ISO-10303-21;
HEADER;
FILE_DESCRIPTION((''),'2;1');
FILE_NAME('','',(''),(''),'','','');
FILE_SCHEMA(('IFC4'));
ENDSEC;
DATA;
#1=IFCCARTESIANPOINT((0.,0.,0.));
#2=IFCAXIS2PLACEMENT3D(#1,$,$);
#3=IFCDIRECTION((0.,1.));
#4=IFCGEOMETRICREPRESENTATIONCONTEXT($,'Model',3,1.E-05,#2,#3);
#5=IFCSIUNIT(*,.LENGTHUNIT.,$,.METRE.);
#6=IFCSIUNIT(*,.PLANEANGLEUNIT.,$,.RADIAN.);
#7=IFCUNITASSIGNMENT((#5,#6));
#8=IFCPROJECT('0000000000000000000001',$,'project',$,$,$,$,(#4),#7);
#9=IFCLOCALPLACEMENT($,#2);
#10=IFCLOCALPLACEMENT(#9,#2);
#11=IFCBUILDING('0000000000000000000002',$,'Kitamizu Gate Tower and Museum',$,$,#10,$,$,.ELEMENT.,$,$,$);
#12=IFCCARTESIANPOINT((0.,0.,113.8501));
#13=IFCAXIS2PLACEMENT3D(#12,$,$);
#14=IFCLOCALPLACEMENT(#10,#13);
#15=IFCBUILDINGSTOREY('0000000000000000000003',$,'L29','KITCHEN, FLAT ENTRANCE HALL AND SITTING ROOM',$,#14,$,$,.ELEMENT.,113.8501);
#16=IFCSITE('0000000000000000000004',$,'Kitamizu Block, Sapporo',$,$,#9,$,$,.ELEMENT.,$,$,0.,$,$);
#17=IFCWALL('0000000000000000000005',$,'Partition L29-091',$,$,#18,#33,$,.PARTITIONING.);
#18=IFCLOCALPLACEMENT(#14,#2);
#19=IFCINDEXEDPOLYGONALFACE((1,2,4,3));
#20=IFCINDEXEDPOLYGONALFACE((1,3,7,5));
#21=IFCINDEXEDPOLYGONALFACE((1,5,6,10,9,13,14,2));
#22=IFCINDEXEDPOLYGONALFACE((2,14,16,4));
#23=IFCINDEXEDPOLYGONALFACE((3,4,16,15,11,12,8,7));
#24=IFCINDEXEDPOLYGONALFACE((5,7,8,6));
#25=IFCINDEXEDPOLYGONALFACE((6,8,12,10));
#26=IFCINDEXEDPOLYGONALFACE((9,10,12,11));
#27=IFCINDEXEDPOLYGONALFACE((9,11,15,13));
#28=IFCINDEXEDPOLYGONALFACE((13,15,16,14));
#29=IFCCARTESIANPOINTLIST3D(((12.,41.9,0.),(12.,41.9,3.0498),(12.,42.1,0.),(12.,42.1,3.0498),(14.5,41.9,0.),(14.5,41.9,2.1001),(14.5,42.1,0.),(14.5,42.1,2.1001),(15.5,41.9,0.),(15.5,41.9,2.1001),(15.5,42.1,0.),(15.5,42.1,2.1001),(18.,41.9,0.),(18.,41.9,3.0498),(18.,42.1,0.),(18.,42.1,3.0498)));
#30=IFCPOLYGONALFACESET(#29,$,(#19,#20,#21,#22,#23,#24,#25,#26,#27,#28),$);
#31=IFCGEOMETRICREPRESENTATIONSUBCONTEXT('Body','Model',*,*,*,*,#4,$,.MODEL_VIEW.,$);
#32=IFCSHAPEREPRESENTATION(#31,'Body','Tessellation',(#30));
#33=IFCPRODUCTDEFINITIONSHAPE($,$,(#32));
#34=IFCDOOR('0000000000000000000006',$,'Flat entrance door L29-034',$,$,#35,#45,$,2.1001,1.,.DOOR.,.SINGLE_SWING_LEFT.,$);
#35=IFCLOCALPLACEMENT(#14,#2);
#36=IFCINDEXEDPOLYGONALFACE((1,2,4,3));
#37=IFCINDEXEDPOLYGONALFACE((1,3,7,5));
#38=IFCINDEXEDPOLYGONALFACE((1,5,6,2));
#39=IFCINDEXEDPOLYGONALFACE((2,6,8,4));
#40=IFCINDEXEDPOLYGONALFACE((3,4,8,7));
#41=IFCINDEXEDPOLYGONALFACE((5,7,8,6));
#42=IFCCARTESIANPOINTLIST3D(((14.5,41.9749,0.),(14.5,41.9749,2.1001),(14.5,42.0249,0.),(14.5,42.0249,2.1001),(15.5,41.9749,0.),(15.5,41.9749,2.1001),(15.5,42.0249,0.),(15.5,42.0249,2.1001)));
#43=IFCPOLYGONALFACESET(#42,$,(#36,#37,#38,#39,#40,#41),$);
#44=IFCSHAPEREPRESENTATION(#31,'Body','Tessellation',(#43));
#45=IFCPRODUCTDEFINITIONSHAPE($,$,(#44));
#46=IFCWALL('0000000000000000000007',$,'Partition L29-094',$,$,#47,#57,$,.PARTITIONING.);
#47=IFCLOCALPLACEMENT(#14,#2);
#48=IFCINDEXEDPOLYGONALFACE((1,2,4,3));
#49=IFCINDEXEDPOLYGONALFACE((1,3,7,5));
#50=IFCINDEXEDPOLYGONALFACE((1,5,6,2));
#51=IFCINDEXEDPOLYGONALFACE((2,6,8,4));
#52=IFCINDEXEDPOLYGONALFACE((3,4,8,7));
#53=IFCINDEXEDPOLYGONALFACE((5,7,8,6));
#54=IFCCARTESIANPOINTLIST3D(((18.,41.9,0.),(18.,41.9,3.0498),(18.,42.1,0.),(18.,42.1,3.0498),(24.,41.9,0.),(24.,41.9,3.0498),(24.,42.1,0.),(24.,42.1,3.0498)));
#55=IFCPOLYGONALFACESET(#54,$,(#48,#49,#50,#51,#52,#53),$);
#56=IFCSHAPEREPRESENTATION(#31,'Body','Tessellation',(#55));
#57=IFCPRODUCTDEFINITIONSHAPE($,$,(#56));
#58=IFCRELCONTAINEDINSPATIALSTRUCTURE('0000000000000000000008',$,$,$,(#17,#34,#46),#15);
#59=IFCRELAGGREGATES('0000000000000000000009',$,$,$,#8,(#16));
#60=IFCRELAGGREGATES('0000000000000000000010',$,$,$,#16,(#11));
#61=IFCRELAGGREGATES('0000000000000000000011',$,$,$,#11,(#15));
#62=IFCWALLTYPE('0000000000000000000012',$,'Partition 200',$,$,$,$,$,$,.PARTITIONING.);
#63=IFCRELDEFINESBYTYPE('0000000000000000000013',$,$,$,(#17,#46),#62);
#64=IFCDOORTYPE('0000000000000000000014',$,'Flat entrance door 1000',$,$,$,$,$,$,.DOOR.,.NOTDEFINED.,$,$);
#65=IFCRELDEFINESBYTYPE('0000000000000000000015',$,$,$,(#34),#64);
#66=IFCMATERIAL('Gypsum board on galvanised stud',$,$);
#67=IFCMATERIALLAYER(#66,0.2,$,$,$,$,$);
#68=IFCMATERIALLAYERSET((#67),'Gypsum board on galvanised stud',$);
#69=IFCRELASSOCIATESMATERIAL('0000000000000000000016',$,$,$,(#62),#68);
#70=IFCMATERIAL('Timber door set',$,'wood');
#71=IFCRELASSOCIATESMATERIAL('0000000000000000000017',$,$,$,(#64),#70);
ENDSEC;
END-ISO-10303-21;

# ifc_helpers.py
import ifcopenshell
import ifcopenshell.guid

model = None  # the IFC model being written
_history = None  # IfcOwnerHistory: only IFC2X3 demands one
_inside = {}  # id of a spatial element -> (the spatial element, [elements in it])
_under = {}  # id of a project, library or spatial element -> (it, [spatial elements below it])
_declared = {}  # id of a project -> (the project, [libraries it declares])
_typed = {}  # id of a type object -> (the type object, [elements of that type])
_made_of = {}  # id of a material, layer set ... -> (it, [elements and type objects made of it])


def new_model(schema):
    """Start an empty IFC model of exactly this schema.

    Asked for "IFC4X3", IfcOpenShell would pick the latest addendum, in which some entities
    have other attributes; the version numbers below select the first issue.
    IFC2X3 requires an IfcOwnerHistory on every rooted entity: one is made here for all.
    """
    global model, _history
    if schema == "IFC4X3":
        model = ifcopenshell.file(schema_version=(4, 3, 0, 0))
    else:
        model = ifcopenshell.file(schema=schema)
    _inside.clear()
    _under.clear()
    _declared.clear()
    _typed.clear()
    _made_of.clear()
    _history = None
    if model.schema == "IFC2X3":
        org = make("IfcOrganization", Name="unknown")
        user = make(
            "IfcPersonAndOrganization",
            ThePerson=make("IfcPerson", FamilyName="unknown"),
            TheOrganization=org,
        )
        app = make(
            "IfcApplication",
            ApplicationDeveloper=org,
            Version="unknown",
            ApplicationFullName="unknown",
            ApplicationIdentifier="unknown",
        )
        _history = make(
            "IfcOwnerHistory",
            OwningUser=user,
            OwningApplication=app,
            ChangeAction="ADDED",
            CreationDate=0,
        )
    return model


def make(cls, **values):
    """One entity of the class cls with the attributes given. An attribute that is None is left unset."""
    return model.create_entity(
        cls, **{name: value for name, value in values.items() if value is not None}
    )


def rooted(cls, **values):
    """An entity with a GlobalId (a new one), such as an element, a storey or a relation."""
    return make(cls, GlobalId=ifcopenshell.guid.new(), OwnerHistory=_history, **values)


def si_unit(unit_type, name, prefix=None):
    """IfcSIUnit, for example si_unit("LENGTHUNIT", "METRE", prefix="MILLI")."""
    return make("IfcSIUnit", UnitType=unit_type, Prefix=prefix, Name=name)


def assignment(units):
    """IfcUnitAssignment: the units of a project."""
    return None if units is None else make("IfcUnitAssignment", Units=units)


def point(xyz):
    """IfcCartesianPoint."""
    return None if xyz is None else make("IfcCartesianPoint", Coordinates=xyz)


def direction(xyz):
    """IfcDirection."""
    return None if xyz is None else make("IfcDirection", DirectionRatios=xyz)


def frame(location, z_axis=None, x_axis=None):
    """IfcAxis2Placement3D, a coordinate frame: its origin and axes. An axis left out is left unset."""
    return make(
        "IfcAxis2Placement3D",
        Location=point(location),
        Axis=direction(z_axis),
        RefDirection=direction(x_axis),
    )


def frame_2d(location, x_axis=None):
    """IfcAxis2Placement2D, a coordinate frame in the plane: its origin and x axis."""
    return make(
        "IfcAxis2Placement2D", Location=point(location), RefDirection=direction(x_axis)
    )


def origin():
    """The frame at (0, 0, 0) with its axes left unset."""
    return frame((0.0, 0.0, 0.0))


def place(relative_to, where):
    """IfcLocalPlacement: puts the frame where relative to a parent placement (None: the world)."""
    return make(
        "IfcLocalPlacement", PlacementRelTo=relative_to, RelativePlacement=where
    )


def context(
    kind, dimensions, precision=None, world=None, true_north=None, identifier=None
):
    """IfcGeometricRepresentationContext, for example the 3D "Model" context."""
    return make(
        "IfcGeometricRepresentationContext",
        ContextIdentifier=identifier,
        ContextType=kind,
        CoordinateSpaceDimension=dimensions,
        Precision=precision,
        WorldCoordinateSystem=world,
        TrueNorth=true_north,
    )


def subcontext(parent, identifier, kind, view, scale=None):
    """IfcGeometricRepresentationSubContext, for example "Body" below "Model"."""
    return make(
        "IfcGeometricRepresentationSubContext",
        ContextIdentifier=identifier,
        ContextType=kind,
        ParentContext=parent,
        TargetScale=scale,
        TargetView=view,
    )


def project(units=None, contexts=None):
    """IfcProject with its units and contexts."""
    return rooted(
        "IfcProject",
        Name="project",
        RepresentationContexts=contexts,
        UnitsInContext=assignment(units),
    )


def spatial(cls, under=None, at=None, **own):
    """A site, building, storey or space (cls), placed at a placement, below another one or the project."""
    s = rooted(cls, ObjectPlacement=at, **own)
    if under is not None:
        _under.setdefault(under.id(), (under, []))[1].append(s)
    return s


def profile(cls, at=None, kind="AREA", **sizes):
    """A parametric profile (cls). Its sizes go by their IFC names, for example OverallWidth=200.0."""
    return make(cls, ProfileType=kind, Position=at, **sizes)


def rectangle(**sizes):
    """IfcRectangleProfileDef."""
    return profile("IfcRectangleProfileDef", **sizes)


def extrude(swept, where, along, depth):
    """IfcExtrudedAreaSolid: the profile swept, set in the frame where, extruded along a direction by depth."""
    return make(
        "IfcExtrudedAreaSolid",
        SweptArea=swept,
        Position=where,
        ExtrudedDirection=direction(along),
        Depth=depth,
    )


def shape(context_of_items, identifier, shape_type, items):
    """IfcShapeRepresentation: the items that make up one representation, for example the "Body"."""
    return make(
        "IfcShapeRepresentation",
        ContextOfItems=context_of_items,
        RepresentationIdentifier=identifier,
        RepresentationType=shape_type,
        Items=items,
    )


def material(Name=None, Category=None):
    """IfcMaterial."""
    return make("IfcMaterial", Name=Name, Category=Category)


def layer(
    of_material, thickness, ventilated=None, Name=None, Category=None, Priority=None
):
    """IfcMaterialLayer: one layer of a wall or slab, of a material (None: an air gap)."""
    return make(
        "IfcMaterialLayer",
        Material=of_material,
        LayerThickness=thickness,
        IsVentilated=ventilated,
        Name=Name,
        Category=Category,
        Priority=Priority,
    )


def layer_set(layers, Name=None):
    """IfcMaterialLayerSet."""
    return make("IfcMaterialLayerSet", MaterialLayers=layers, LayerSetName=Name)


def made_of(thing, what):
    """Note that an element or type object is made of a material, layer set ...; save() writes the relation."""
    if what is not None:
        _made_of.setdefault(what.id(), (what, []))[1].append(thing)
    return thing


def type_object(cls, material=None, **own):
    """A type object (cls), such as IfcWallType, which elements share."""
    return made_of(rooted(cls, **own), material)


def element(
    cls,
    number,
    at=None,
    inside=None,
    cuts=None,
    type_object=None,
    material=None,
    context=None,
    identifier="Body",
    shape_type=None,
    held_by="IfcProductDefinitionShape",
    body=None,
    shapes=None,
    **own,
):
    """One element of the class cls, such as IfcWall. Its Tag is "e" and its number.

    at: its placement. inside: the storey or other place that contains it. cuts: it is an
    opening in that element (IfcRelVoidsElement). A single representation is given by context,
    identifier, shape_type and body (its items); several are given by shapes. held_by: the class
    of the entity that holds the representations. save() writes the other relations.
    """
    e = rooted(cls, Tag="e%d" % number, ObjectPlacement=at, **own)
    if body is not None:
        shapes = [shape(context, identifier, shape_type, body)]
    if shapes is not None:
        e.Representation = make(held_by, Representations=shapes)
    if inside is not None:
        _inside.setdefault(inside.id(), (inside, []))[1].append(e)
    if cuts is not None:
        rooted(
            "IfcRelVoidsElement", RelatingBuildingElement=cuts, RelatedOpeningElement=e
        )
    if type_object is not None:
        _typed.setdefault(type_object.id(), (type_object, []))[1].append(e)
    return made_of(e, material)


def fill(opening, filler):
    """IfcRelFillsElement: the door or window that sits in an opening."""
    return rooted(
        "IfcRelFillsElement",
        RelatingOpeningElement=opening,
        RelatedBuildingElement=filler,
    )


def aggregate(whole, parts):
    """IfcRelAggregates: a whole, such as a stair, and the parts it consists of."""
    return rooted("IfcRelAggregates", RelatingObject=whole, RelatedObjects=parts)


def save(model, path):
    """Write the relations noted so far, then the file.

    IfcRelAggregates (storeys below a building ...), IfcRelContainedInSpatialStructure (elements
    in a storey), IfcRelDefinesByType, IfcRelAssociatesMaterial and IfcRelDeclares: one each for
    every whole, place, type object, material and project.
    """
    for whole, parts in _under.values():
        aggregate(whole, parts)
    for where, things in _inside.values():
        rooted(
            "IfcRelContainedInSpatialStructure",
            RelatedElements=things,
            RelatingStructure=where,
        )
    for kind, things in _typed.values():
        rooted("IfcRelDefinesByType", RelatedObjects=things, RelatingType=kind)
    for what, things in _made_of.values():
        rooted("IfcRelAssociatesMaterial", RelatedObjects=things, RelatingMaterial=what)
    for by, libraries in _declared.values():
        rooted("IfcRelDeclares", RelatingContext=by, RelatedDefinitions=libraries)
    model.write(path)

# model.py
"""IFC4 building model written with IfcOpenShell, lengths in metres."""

from ifc_helpers import new_model, si_unit, direction, frame, frame_2d, origin, place, context, subcontext, project, spatial, rectangle, extrude, material, layer, layer_set, type_object, element, fill, save


model = new_model("IFC4")

# Units and contexts
model_context = context("Model", 3, precision=1e-05, world=origin(), true_north=direction((0.0, 1.0)))
body_context = subcontext(model_context, "Body", "Model", "MODEL_VIEW")
ifc_project = project(units=[si_unit("LENGTHUNIT", "METRE"), si_unit("PLANEANGLEUNIT", "RADIAN")], contexts=[model_context])

# Site, building, storey
site_placement = place(None, origin())
site = spatial("IfcSite", under=ifc_project, at=site_placement, Name="Kitamizu Block, Sapporo", CompositionType="ELEMENT", RefElevation=0.0)
building_placement = place(site_placement, origin())
building = spatial("IfcBuilding", under=site, at=building_placement, Name="Kitamizu Gate Tower and Museum", CompositionType="ELEMENT")
storey_placement = place(building_placement, frame((0.0, 0.0, 113.8501)))
storey = spatial("IfcBuildingStorey", under=building, at=storey_placement, Name="L29", Description="KITCHEN, FLAT ENTRANCE HALL AND SITTING ROOM", CompositionType="ELEMENT", Elevation=113.8501)

# Shared definitions
ifc_material_1 = material(Name="Gypsum board on galvanised stud")
ifc_layer_1 = layer(ifc_material_1, 0.2)
ifc_layer_set_1 = layer_set([ifc_layer_1], Name="Gypsum board on galvanised stud")
wall_type_1 = type_object("IfcWallType", Name="Partition 200", PredefinedType="PARTITIONING", material=ifc_layer_set_1)

# Wall, opening, door
wall_1_placement = place(storey_placement, frame((12.0, 42.0, 0.0), z_axis=(0.0, 0.0, 1.0), x_axis=(1.0, 0.0, 0.0)))
wall_1 = element("IfcWall", 1, at=wall_1_placement, inside=storey, type_object=wall_type_1, Name="Partition L29-091", PredefinedType="PARTITIONING", context=body_context, shape_type="SweptSolid", body=[
    extrude(rectangle(XDim=6.0, YDim=0.2, at=frame_2d((3.0, 0.0))), origin(), (0.0, 0.0, 1.0), 3.0498),
])
opening_1_placement = place(wall_1_placement, frame((2.5, 0.0, 0.0)))
opening_1 = element("IfcOpeningElement", 2, at=opening_1_placement, cuts=wall_1, PredefinedType="OPENING", context=body_context, shape_type="SweptSolid", body=[
    extrude(rectangle(XDim=1.0, YDim=2.1001, at=frame_2d((0.5, 1.05))), frame((0.0, 0.1099, 0.0), z_axis=(0.0, -1.0, 0.0), x_axis=(1.0, 0.0, 0.0)), (0.0, 0.0, 1.0), 0.22),
])
ifc_material_2 = material(Name="Timber door set", Category="wood")
door_type_1 = type_object("IfcDoorType", Name="Flat entrance door 1000", OperationType="NOTDEFINED", PredefinedType="DOOR", material=ifc_material_2)
door_1_placement = place(opening_1_placement, origin())
door_1 = element("IfcDoor", 3, at=door_1_placement, inside=storey, type_object=door_type_1, Name="Flat entrance door L29-034", OperationType="SINGLE_SWING_LEFT", OverallHeight=2.1001, OverallWidth=1.0, PredefinedType="DOOR", context=body_context, shape_type="SweptSolid", body=[
    extrude(rectangle(XDim=1.0, YDim=2.1001, at=frame_2d((0.5, 1.05))), frame((0.0, 0.0249, 0.0), z_axis=(0.0, -1.0, 0.0), x_axis=(1.0, 0.0, 0.0)), (0.0, 0.0, 1.0), 0.05),
])
fill(opening_1, door_1)

# Wall
wall_2_placement = place(storey_placement, frame((18.0, 42.0, 0.0), z_axis=(0.0, 0.0, 1.0), x_axis=(1.0, 0.0, 0.0)))
element("IfcWall", 4, at=wall_2_placement, inside=storey, type_object=wall_type_1, Name="Partition L29-094", PredefinedType="PARTITIONING", context=body_context, shape_type="SweptSolid", body=[
    extrude(rectangle(XDim=6.0, YDim=0.2, at=frame_2d((3.0, 0.0))), origin(), (0.0, 0.0, 1.0), 3.0498),
])

save(model, "model.ifc")
